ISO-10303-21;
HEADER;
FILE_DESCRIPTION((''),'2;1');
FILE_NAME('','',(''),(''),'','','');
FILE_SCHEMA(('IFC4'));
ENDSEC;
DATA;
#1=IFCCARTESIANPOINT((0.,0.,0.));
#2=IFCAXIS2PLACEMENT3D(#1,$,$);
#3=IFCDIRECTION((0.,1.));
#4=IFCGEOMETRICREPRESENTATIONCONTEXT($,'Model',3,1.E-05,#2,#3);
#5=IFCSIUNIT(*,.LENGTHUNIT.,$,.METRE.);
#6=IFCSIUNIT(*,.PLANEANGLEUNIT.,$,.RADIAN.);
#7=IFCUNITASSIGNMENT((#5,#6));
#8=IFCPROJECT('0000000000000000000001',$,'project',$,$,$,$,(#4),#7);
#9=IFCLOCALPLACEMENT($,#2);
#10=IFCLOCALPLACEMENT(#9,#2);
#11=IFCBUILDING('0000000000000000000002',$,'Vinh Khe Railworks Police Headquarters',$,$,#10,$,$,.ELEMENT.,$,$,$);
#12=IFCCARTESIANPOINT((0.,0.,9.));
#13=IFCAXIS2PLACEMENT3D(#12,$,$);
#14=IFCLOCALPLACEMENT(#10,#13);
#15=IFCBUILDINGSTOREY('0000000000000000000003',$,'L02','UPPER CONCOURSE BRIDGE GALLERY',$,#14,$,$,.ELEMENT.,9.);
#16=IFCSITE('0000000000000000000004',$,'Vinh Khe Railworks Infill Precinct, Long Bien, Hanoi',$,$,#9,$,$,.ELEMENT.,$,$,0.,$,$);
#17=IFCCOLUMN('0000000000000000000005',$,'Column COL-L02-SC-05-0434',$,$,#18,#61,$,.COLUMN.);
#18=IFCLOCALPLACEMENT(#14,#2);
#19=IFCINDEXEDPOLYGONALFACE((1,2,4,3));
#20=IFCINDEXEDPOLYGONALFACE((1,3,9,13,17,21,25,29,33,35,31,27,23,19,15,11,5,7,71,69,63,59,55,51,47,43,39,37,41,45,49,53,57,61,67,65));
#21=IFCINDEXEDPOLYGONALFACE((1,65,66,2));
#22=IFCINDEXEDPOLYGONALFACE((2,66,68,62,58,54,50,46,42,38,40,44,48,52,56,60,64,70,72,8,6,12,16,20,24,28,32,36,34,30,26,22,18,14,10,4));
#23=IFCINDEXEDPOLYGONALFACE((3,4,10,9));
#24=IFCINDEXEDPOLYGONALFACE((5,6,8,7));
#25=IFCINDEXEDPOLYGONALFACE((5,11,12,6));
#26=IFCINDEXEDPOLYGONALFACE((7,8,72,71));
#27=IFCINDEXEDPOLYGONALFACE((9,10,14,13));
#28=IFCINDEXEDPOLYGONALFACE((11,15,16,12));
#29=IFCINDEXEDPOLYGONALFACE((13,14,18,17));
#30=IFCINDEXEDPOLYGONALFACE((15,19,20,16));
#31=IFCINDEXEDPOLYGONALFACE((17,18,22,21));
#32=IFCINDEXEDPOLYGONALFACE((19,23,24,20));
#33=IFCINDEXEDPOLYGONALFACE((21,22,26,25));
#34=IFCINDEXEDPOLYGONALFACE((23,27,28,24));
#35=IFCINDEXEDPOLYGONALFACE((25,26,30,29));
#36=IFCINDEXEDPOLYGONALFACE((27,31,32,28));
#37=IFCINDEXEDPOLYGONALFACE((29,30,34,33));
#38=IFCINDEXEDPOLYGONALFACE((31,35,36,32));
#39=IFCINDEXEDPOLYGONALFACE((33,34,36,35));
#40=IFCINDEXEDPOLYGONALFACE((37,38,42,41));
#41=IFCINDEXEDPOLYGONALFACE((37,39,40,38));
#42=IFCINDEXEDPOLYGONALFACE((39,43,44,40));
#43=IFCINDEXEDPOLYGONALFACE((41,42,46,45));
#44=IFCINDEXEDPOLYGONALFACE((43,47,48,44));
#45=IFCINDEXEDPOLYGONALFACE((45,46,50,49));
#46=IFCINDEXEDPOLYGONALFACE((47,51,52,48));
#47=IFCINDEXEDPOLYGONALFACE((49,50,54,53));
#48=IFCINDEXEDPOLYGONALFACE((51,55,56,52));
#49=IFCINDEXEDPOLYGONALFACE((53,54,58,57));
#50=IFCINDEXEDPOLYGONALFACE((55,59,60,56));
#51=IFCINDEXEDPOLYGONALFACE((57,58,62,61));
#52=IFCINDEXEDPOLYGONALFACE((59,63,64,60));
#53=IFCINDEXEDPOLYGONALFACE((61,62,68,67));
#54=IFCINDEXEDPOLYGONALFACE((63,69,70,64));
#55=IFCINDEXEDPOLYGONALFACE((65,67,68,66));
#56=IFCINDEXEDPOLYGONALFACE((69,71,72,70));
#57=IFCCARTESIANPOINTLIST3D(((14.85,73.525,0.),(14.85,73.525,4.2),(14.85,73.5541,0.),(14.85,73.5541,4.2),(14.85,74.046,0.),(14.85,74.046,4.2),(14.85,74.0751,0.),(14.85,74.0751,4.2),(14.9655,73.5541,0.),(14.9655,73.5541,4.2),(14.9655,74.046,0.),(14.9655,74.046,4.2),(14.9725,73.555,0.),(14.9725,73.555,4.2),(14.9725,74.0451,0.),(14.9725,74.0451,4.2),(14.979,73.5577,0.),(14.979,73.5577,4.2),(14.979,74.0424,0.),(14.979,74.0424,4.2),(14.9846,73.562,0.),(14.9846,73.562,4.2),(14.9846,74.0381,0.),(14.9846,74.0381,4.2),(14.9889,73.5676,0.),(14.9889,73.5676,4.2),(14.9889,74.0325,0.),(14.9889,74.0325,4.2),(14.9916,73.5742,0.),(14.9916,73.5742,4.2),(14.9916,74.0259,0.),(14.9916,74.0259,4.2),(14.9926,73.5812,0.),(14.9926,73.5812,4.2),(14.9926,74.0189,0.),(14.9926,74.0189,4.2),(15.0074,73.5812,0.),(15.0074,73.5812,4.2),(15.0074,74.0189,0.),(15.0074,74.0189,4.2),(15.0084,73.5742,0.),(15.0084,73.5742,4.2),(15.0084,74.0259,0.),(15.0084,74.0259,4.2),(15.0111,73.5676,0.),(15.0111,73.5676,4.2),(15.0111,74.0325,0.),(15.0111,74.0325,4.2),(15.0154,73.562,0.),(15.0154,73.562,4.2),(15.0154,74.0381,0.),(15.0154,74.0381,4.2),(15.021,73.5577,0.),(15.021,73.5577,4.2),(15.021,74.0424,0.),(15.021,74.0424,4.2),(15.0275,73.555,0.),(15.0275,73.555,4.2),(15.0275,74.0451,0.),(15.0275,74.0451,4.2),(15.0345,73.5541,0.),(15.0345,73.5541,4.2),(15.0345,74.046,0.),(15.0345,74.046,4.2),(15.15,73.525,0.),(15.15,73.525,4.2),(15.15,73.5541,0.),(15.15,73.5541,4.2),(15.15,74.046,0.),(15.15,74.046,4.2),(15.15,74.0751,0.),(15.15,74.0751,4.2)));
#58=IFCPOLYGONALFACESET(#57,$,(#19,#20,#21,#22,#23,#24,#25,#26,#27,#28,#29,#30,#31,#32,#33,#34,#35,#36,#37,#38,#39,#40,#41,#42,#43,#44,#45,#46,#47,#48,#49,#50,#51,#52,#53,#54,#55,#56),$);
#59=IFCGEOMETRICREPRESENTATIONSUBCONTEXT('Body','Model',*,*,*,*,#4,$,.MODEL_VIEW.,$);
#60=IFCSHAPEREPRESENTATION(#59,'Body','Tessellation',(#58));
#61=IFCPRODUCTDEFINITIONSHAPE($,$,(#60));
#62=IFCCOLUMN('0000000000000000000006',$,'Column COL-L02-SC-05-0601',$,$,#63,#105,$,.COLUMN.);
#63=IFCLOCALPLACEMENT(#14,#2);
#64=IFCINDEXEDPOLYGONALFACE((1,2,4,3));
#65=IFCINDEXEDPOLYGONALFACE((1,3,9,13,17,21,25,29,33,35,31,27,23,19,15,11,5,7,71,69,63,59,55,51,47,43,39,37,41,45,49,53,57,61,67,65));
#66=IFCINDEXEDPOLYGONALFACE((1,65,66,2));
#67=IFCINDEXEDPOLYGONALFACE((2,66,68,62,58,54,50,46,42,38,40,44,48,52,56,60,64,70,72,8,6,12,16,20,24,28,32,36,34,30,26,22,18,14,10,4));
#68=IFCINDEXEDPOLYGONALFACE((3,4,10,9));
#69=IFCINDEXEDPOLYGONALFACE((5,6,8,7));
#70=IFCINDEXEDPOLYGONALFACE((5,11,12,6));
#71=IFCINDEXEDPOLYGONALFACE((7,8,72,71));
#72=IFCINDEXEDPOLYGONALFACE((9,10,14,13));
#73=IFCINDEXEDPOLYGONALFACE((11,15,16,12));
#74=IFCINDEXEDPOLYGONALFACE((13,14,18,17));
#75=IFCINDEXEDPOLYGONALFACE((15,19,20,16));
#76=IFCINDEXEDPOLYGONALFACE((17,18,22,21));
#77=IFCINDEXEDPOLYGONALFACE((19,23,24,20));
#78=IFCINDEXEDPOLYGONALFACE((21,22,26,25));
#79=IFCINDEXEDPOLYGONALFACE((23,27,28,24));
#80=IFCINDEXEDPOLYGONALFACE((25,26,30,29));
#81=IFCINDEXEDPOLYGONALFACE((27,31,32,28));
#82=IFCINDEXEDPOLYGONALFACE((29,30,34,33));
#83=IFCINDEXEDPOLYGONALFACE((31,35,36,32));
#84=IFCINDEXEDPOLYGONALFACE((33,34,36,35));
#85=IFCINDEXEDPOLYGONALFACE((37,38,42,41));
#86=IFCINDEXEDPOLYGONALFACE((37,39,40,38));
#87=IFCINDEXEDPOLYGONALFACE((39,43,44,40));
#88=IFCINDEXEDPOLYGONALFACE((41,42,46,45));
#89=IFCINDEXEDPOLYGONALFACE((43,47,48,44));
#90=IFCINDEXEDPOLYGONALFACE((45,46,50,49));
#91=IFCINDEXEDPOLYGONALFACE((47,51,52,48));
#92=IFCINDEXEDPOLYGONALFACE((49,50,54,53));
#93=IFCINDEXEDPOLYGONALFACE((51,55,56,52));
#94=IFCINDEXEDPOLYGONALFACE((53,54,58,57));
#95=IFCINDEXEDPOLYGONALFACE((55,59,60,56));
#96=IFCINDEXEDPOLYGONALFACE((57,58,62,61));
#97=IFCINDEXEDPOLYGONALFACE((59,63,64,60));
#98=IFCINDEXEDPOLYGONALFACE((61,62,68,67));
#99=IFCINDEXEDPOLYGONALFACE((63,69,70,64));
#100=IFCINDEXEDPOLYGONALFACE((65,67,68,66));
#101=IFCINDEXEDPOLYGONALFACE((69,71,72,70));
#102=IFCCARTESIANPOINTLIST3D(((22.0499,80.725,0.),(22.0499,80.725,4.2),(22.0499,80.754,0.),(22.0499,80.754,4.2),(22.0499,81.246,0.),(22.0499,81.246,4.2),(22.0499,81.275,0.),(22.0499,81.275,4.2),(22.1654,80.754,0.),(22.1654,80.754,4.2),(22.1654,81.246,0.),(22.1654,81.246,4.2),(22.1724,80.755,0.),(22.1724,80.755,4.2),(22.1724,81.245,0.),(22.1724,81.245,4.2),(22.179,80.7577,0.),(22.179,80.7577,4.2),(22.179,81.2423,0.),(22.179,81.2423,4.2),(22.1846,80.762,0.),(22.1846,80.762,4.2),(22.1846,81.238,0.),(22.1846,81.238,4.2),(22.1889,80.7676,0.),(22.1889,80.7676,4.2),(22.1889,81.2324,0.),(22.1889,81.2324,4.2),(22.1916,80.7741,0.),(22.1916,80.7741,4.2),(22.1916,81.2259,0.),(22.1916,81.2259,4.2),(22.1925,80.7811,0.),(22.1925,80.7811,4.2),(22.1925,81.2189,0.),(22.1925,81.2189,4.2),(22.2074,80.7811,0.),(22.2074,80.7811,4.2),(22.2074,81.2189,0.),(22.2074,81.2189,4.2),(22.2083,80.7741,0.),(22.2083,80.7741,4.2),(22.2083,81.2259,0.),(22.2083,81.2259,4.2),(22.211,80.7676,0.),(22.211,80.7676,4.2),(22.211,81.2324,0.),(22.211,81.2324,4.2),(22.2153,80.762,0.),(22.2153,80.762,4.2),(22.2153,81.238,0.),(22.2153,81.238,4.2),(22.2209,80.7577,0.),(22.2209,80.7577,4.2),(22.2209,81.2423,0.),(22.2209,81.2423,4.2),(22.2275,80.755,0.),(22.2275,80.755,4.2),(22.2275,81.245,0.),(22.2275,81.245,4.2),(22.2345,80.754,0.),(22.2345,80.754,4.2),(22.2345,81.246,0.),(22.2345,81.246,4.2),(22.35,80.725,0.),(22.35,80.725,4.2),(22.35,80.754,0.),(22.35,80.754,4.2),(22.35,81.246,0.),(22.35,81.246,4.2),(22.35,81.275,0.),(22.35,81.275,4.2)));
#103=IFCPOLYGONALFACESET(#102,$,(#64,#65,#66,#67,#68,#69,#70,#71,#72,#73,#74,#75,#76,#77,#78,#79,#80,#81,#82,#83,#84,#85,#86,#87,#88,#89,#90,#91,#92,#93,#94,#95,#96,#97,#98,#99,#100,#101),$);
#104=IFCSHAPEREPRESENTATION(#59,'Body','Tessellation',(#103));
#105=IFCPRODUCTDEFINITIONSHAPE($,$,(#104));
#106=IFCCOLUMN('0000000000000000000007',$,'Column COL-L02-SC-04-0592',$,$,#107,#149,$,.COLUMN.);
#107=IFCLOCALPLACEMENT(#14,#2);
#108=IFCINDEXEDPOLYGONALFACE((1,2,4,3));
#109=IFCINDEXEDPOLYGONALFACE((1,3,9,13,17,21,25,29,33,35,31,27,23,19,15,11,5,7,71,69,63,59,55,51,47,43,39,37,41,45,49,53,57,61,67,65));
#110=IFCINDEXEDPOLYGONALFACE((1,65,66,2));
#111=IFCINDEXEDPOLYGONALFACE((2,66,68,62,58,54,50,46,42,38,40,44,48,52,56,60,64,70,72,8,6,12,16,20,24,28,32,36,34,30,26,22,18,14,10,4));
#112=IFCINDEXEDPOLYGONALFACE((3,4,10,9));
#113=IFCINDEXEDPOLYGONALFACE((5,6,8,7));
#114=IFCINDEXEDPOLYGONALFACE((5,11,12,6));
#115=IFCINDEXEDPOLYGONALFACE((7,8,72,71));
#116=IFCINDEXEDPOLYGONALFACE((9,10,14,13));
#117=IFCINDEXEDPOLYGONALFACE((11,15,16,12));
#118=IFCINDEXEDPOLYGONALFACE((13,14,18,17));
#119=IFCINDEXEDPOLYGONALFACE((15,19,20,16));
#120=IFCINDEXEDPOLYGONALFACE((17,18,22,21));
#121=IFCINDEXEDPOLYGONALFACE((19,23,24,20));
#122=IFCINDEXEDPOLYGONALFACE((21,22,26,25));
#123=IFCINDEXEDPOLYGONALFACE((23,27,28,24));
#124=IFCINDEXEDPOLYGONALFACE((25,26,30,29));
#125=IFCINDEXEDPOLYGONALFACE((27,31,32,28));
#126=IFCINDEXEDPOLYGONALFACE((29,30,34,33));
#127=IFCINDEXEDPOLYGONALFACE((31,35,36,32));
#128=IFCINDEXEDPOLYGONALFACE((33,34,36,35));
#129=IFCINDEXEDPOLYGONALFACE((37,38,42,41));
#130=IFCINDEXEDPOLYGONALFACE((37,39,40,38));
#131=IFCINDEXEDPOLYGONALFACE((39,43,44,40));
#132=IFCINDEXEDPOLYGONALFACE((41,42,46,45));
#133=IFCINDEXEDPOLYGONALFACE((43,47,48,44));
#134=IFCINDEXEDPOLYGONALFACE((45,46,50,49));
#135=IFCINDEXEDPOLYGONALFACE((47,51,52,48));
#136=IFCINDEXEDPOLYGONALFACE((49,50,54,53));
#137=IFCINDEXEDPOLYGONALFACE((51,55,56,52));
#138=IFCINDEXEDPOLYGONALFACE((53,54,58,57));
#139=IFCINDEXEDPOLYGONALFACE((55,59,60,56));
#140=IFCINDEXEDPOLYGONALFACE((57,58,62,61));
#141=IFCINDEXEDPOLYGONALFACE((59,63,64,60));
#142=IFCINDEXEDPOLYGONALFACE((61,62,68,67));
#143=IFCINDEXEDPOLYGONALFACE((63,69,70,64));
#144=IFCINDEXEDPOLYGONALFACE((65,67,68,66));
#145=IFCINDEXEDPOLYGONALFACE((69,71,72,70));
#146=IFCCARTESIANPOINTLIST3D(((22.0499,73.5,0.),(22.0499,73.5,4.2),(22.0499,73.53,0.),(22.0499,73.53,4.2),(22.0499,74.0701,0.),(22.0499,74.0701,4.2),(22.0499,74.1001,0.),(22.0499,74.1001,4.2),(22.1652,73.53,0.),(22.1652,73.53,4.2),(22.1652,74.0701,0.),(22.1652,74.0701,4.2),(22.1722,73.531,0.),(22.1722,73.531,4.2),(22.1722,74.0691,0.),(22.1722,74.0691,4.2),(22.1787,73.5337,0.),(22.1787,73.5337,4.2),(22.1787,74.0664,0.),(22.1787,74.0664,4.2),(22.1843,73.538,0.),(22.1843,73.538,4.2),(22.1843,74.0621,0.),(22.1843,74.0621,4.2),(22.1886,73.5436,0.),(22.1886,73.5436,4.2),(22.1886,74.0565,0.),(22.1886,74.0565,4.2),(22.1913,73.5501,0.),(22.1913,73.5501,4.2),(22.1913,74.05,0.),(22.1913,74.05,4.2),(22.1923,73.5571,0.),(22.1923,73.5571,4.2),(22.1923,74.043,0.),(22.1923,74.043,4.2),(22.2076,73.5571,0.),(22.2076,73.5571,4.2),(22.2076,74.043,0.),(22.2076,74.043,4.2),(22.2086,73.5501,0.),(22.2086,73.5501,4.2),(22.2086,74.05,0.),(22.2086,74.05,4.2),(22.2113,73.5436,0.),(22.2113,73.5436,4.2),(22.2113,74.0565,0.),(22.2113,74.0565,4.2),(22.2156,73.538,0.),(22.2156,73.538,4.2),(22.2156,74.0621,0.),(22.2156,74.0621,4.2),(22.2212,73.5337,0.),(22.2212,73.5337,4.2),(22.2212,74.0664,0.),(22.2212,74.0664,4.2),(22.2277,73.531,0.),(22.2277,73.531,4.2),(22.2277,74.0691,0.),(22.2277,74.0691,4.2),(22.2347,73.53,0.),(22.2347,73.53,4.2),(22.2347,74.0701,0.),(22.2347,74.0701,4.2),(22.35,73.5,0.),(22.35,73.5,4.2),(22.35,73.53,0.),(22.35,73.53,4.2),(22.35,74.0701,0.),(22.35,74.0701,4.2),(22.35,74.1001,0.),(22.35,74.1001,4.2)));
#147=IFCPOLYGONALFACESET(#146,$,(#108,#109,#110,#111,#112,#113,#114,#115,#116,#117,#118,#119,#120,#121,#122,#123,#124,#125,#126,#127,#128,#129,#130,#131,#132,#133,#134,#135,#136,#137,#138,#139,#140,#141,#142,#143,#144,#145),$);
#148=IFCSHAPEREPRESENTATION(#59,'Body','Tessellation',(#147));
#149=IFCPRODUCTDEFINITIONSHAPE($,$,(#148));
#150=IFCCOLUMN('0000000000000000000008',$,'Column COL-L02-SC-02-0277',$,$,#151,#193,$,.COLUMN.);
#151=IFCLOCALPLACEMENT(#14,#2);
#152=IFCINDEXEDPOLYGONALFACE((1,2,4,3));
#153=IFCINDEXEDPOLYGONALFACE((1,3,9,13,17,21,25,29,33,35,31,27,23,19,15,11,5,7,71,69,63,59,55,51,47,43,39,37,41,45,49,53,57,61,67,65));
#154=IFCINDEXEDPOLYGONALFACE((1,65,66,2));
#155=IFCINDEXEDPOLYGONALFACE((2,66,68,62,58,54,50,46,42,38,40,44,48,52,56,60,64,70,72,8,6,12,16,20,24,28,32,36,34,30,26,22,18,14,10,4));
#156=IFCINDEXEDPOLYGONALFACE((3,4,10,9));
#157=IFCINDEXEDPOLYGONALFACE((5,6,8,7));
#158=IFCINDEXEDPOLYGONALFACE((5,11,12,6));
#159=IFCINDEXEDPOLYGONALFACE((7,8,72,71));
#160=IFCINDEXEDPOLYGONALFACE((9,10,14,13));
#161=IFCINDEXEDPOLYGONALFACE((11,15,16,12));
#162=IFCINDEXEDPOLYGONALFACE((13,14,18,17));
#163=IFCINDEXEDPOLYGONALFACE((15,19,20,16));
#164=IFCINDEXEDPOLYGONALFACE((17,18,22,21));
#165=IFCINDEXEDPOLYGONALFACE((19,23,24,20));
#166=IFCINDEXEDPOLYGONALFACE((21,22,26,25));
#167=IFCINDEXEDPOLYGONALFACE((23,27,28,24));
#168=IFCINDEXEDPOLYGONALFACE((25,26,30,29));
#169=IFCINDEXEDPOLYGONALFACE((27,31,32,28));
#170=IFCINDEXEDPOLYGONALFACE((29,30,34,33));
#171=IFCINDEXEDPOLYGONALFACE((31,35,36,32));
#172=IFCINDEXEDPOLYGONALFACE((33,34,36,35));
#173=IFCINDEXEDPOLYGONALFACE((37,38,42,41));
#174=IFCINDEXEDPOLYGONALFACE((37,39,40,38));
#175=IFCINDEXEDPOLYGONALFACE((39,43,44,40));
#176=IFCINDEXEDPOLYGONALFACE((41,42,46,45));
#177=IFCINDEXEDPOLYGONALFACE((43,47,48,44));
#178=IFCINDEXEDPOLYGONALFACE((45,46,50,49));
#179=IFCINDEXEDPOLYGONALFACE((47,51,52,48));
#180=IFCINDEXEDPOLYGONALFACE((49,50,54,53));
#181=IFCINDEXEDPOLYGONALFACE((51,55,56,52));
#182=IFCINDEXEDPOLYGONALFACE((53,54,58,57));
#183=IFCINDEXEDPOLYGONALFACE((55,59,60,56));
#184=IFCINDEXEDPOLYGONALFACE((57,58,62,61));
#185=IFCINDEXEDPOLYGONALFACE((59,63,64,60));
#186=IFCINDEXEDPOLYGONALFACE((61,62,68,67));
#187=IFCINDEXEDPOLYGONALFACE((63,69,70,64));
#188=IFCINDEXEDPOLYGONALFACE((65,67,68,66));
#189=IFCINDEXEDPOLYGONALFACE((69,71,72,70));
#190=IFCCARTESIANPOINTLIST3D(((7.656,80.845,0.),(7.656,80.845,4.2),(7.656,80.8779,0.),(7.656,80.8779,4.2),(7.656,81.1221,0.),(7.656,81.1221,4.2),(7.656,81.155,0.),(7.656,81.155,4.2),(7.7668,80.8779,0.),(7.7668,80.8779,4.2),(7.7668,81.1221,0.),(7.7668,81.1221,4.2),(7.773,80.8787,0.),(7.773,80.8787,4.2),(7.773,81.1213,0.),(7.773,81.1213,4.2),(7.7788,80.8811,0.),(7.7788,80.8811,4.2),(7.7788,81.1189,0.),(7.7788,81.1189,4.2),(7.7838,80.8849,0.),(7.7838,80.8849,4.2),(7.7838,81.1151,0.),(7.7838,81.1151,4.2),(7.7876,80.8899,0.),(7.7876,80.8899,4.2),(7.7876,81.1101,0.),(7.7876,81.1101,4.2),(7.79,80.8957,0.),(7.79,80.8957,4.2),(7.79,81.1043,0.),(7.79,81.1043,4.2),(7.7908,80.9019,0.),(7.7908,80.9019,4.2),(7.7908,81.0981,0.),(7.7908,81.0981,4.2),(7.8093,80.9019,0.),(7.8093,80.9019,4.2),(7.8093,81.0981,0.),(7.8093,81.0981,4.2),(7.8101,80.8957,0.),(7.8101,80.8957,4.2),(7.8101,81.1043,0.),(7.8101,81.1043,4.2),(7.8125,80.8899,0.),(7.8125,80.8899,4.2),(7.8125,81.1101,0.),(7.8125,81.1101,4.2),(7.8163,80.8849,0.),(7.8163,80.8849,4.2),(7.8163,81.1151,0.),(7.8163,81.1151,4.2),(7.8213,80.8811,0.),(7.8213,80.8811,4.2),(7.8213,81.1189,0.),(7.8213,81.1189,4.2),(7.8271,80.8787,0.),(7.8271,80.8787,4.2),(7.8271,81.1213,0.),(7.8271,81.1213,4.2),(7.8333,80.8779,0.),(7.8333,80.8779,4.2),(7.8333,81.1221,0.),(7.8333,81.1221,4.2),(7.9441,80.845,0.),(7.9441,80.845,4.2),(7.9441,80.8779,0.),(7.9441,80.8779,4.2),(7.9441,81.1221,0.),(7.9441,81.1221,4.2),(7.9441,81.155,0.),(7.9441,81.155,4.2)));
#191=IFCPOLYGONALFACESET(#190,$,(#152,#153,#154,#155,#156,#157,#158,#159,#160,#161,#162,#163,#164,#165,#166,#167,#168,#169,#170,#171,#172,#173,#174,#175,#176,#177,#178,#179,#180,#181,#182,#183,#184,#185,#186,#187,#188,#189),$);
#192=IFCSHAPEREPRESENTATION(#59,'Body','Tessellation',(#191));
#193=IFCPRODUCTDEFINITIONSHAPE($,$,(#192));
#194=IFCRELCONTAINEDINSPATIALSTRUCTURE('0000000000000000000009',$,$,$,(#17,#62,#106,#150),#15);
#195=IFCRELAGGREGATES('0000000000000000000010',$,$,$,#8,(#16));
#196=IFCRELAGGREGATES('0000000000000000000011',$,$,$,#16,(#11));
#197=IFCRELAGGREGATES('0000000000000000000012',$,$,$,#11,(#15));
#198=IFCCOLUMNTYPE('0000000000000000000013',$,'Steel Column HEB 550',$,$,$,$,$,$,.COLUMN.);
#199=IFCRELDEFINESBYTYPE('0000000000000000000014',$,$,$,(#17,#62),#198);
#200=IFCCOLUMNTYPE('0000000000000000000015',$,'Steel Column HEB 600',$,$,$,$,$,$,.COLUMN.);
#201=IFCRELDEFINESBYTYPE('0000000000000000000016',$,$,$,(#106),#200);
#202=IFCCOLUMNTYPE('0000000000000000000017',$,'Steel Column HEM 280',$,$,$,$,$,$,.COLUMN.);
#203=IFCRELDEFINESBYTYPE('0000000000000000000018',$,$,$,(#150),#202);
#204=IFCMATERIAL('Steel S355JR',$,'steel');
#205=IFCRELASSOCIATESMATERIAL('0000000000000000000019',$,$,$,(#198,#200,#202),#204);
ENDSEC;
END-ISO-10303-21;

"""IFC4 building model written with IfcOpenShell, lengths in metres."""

from ifc_helpers import new_model, si_unit, direction, frame, origin, origin_2d, place, context, subcontext, project, spatial, i_section, extrude, material, material_profile, profile_set, type_object, element, save


model = new_model("IFC4")

# Units and contexts
model_context = context("Model", 3, precision=1e-05, world=origin(), true_north=direction((0.0, 1.0)))
body_context = subcontext(model_context, "Body", "Model", "MODEL_VIEW")
ifc_project = project(units=[si_unit("LENGTHUNIT", "METRE"), si_unit("PLANEANGLEUNIT", "RADIAN")], contexts=[model_context])

# Site, building, storey
site_placement = place(None, origin())
site = spatial("IfcSite", under=ifc_project, at=site_placement, Name="Vinh Khe Railworks Infill Precinct, Long Bien, Hanoi", CompositionType="ELEMENT", RefElevation=0.0)
building_placement = place(site_placement, origin())
building = spatial("IfcBuilding", under=site, at=building_placement, Name="Vinh Khe Railworks Police Headquarters", CompositionType="ELEMENT")
storey_placement = place(building_placement, frame((0.0, 0.0, 9.0)))
storey = spatial("IfcBuildingStorey", under=building, at=storey_placement, Name="L02", Description="UPPER CONCOURSE BRIDGE GALLERY", CompositionType="ELEMENT", Elevation=9.0)

# Columns
ifc_material_1 = material(Name="Steel S355JR", Category="steel")
ifc_material_profile_1 = material_profile(ifc_material_1, i_section(OverallWidth=0.3, OverallDepth=0.55, WebThickness=0.0149, FlangeThickness=0.0291, FilletRadius=0.0271, at=origin_2d()), Name="HEB 550")
ifc_profile_set_1 = profile_set([ifc_material_profile_1], Name="Steel S355JR")
column_type_1 = type_object("IfcColumnType", Name="Steel Column HEB 550", PredefinedType="COLUMN", material=ifc_profile_set_1)
for number, where, z_axis, x_axis, name in (
    (1, (15.0, 73.8, 0.0), (0.0, 0.0, 1.0), (1.0, 0.0, 0.0), "Column COL-L02-SC-05-0434"),
    (2, (22.2, 81.0, 0.0), (0.0, 0.0, 1.0), (1.0, 0.0, 0.0), "Column COL-L02-SC-05-0601"),
):
    element("IfcColumn", number, at=place(storey_placement, frame(where, z_axis=z_axis, x_axis=x_axis)), inside=storey, type_object=column_type_1, Name=name, PredefinedType="COLUMN", context=body_context, shape_type="SweptSolid", body=[
        extrude(i_section(OverallWidth=0.3, OverallDepth=0.55, WebThickness=0.0149, FlangeThickness=0.0291, FilletRadius=0.0271, at=origin_2d()), origin(), (0.0, 0.0, 1.0), 4.2),
    ])
ifc_material_profile_2 = material_profile(ifc_material_1, i_section(OverallWidth=0.3, OverallDepth=0.6001, WebThickness=0.0154, FlangeThickness=0.03, FilletRadius=0.0271, at=origin_2d()), Name="HEB 600")
ifc_profile_set_2 = profile_set([ifc_material_profile_2], Name="Steel S355JR")
column_type_2 = type_object("IfcColumnType", Name="Steel Column HEB 600", PredefinedType="COLUMN", material=ifc_profile_set_2)
column_1_placement = place(storey_placement, frame((22.2, 73.8, 0.0), z_axis=(0.0, 0.0, 1.0), x_axis=(1.0, 0.0, 0.0)))
element("IfcColumn", 3, at=column_1_placement, inside=storey, type_object=column_type_2, Name="Column COL-L02-SC-04-0592", PredefinedType="COLUMN", context=body_context, shape_type="SweptSolid", body=[
    extrude(i_section(OverallWidth=0.3, OverallDepth=0.6001, WebThickness=0.0154, FlangeThickness=0.03, FilletRadius=0.0271, at=origin_2d()), origin(), (0.0, 0.0, 1.0), 4.2),
])
ifc_material_profile_3 = material_profile(ifc_material_1, i_section(OverallWidth=0.2881, OverallDepth=0.3101, WebThickness=0.0186, FlangeThickness=0.033, FilletRadius=0.0239, at=origin_2d()), Name="HEM 280")
ifc_profile_set_3 = profile_set([ifc_material_profile_3], Name="Steel S355JR")
column_type_3 = type_object("IfcColumnType", Name="Steel Column HEM 280", PredefinedType="COLUMN", material=ifc_profile_set_3)
column_2_placement = place(storey_placement, frame((7.8, 81.0, 0.0), z_axis=(0.0, 0.0, 1.0), x_axis=(1.0, 0.0, 0.0)))
element("IfcColumn", 4, at=column_2_placement, inside=storey, type_object=column_type_3, Name="Column COL-L02-SC-02-0277", PredefinedType="COLUMN", context=body_context, shape_type="SweptSolid", body=[
    extrude(i_section(OverallWidth=0.2881, OverallDepth=0.3101, WebThickness=0.0186, FlangeThickness=0.033, FilletRadius=0.0239, at=origin_2d()), origin(), (0.0, 0.0, 1.0), 4.2),
])

save(model, "model.ifc")
